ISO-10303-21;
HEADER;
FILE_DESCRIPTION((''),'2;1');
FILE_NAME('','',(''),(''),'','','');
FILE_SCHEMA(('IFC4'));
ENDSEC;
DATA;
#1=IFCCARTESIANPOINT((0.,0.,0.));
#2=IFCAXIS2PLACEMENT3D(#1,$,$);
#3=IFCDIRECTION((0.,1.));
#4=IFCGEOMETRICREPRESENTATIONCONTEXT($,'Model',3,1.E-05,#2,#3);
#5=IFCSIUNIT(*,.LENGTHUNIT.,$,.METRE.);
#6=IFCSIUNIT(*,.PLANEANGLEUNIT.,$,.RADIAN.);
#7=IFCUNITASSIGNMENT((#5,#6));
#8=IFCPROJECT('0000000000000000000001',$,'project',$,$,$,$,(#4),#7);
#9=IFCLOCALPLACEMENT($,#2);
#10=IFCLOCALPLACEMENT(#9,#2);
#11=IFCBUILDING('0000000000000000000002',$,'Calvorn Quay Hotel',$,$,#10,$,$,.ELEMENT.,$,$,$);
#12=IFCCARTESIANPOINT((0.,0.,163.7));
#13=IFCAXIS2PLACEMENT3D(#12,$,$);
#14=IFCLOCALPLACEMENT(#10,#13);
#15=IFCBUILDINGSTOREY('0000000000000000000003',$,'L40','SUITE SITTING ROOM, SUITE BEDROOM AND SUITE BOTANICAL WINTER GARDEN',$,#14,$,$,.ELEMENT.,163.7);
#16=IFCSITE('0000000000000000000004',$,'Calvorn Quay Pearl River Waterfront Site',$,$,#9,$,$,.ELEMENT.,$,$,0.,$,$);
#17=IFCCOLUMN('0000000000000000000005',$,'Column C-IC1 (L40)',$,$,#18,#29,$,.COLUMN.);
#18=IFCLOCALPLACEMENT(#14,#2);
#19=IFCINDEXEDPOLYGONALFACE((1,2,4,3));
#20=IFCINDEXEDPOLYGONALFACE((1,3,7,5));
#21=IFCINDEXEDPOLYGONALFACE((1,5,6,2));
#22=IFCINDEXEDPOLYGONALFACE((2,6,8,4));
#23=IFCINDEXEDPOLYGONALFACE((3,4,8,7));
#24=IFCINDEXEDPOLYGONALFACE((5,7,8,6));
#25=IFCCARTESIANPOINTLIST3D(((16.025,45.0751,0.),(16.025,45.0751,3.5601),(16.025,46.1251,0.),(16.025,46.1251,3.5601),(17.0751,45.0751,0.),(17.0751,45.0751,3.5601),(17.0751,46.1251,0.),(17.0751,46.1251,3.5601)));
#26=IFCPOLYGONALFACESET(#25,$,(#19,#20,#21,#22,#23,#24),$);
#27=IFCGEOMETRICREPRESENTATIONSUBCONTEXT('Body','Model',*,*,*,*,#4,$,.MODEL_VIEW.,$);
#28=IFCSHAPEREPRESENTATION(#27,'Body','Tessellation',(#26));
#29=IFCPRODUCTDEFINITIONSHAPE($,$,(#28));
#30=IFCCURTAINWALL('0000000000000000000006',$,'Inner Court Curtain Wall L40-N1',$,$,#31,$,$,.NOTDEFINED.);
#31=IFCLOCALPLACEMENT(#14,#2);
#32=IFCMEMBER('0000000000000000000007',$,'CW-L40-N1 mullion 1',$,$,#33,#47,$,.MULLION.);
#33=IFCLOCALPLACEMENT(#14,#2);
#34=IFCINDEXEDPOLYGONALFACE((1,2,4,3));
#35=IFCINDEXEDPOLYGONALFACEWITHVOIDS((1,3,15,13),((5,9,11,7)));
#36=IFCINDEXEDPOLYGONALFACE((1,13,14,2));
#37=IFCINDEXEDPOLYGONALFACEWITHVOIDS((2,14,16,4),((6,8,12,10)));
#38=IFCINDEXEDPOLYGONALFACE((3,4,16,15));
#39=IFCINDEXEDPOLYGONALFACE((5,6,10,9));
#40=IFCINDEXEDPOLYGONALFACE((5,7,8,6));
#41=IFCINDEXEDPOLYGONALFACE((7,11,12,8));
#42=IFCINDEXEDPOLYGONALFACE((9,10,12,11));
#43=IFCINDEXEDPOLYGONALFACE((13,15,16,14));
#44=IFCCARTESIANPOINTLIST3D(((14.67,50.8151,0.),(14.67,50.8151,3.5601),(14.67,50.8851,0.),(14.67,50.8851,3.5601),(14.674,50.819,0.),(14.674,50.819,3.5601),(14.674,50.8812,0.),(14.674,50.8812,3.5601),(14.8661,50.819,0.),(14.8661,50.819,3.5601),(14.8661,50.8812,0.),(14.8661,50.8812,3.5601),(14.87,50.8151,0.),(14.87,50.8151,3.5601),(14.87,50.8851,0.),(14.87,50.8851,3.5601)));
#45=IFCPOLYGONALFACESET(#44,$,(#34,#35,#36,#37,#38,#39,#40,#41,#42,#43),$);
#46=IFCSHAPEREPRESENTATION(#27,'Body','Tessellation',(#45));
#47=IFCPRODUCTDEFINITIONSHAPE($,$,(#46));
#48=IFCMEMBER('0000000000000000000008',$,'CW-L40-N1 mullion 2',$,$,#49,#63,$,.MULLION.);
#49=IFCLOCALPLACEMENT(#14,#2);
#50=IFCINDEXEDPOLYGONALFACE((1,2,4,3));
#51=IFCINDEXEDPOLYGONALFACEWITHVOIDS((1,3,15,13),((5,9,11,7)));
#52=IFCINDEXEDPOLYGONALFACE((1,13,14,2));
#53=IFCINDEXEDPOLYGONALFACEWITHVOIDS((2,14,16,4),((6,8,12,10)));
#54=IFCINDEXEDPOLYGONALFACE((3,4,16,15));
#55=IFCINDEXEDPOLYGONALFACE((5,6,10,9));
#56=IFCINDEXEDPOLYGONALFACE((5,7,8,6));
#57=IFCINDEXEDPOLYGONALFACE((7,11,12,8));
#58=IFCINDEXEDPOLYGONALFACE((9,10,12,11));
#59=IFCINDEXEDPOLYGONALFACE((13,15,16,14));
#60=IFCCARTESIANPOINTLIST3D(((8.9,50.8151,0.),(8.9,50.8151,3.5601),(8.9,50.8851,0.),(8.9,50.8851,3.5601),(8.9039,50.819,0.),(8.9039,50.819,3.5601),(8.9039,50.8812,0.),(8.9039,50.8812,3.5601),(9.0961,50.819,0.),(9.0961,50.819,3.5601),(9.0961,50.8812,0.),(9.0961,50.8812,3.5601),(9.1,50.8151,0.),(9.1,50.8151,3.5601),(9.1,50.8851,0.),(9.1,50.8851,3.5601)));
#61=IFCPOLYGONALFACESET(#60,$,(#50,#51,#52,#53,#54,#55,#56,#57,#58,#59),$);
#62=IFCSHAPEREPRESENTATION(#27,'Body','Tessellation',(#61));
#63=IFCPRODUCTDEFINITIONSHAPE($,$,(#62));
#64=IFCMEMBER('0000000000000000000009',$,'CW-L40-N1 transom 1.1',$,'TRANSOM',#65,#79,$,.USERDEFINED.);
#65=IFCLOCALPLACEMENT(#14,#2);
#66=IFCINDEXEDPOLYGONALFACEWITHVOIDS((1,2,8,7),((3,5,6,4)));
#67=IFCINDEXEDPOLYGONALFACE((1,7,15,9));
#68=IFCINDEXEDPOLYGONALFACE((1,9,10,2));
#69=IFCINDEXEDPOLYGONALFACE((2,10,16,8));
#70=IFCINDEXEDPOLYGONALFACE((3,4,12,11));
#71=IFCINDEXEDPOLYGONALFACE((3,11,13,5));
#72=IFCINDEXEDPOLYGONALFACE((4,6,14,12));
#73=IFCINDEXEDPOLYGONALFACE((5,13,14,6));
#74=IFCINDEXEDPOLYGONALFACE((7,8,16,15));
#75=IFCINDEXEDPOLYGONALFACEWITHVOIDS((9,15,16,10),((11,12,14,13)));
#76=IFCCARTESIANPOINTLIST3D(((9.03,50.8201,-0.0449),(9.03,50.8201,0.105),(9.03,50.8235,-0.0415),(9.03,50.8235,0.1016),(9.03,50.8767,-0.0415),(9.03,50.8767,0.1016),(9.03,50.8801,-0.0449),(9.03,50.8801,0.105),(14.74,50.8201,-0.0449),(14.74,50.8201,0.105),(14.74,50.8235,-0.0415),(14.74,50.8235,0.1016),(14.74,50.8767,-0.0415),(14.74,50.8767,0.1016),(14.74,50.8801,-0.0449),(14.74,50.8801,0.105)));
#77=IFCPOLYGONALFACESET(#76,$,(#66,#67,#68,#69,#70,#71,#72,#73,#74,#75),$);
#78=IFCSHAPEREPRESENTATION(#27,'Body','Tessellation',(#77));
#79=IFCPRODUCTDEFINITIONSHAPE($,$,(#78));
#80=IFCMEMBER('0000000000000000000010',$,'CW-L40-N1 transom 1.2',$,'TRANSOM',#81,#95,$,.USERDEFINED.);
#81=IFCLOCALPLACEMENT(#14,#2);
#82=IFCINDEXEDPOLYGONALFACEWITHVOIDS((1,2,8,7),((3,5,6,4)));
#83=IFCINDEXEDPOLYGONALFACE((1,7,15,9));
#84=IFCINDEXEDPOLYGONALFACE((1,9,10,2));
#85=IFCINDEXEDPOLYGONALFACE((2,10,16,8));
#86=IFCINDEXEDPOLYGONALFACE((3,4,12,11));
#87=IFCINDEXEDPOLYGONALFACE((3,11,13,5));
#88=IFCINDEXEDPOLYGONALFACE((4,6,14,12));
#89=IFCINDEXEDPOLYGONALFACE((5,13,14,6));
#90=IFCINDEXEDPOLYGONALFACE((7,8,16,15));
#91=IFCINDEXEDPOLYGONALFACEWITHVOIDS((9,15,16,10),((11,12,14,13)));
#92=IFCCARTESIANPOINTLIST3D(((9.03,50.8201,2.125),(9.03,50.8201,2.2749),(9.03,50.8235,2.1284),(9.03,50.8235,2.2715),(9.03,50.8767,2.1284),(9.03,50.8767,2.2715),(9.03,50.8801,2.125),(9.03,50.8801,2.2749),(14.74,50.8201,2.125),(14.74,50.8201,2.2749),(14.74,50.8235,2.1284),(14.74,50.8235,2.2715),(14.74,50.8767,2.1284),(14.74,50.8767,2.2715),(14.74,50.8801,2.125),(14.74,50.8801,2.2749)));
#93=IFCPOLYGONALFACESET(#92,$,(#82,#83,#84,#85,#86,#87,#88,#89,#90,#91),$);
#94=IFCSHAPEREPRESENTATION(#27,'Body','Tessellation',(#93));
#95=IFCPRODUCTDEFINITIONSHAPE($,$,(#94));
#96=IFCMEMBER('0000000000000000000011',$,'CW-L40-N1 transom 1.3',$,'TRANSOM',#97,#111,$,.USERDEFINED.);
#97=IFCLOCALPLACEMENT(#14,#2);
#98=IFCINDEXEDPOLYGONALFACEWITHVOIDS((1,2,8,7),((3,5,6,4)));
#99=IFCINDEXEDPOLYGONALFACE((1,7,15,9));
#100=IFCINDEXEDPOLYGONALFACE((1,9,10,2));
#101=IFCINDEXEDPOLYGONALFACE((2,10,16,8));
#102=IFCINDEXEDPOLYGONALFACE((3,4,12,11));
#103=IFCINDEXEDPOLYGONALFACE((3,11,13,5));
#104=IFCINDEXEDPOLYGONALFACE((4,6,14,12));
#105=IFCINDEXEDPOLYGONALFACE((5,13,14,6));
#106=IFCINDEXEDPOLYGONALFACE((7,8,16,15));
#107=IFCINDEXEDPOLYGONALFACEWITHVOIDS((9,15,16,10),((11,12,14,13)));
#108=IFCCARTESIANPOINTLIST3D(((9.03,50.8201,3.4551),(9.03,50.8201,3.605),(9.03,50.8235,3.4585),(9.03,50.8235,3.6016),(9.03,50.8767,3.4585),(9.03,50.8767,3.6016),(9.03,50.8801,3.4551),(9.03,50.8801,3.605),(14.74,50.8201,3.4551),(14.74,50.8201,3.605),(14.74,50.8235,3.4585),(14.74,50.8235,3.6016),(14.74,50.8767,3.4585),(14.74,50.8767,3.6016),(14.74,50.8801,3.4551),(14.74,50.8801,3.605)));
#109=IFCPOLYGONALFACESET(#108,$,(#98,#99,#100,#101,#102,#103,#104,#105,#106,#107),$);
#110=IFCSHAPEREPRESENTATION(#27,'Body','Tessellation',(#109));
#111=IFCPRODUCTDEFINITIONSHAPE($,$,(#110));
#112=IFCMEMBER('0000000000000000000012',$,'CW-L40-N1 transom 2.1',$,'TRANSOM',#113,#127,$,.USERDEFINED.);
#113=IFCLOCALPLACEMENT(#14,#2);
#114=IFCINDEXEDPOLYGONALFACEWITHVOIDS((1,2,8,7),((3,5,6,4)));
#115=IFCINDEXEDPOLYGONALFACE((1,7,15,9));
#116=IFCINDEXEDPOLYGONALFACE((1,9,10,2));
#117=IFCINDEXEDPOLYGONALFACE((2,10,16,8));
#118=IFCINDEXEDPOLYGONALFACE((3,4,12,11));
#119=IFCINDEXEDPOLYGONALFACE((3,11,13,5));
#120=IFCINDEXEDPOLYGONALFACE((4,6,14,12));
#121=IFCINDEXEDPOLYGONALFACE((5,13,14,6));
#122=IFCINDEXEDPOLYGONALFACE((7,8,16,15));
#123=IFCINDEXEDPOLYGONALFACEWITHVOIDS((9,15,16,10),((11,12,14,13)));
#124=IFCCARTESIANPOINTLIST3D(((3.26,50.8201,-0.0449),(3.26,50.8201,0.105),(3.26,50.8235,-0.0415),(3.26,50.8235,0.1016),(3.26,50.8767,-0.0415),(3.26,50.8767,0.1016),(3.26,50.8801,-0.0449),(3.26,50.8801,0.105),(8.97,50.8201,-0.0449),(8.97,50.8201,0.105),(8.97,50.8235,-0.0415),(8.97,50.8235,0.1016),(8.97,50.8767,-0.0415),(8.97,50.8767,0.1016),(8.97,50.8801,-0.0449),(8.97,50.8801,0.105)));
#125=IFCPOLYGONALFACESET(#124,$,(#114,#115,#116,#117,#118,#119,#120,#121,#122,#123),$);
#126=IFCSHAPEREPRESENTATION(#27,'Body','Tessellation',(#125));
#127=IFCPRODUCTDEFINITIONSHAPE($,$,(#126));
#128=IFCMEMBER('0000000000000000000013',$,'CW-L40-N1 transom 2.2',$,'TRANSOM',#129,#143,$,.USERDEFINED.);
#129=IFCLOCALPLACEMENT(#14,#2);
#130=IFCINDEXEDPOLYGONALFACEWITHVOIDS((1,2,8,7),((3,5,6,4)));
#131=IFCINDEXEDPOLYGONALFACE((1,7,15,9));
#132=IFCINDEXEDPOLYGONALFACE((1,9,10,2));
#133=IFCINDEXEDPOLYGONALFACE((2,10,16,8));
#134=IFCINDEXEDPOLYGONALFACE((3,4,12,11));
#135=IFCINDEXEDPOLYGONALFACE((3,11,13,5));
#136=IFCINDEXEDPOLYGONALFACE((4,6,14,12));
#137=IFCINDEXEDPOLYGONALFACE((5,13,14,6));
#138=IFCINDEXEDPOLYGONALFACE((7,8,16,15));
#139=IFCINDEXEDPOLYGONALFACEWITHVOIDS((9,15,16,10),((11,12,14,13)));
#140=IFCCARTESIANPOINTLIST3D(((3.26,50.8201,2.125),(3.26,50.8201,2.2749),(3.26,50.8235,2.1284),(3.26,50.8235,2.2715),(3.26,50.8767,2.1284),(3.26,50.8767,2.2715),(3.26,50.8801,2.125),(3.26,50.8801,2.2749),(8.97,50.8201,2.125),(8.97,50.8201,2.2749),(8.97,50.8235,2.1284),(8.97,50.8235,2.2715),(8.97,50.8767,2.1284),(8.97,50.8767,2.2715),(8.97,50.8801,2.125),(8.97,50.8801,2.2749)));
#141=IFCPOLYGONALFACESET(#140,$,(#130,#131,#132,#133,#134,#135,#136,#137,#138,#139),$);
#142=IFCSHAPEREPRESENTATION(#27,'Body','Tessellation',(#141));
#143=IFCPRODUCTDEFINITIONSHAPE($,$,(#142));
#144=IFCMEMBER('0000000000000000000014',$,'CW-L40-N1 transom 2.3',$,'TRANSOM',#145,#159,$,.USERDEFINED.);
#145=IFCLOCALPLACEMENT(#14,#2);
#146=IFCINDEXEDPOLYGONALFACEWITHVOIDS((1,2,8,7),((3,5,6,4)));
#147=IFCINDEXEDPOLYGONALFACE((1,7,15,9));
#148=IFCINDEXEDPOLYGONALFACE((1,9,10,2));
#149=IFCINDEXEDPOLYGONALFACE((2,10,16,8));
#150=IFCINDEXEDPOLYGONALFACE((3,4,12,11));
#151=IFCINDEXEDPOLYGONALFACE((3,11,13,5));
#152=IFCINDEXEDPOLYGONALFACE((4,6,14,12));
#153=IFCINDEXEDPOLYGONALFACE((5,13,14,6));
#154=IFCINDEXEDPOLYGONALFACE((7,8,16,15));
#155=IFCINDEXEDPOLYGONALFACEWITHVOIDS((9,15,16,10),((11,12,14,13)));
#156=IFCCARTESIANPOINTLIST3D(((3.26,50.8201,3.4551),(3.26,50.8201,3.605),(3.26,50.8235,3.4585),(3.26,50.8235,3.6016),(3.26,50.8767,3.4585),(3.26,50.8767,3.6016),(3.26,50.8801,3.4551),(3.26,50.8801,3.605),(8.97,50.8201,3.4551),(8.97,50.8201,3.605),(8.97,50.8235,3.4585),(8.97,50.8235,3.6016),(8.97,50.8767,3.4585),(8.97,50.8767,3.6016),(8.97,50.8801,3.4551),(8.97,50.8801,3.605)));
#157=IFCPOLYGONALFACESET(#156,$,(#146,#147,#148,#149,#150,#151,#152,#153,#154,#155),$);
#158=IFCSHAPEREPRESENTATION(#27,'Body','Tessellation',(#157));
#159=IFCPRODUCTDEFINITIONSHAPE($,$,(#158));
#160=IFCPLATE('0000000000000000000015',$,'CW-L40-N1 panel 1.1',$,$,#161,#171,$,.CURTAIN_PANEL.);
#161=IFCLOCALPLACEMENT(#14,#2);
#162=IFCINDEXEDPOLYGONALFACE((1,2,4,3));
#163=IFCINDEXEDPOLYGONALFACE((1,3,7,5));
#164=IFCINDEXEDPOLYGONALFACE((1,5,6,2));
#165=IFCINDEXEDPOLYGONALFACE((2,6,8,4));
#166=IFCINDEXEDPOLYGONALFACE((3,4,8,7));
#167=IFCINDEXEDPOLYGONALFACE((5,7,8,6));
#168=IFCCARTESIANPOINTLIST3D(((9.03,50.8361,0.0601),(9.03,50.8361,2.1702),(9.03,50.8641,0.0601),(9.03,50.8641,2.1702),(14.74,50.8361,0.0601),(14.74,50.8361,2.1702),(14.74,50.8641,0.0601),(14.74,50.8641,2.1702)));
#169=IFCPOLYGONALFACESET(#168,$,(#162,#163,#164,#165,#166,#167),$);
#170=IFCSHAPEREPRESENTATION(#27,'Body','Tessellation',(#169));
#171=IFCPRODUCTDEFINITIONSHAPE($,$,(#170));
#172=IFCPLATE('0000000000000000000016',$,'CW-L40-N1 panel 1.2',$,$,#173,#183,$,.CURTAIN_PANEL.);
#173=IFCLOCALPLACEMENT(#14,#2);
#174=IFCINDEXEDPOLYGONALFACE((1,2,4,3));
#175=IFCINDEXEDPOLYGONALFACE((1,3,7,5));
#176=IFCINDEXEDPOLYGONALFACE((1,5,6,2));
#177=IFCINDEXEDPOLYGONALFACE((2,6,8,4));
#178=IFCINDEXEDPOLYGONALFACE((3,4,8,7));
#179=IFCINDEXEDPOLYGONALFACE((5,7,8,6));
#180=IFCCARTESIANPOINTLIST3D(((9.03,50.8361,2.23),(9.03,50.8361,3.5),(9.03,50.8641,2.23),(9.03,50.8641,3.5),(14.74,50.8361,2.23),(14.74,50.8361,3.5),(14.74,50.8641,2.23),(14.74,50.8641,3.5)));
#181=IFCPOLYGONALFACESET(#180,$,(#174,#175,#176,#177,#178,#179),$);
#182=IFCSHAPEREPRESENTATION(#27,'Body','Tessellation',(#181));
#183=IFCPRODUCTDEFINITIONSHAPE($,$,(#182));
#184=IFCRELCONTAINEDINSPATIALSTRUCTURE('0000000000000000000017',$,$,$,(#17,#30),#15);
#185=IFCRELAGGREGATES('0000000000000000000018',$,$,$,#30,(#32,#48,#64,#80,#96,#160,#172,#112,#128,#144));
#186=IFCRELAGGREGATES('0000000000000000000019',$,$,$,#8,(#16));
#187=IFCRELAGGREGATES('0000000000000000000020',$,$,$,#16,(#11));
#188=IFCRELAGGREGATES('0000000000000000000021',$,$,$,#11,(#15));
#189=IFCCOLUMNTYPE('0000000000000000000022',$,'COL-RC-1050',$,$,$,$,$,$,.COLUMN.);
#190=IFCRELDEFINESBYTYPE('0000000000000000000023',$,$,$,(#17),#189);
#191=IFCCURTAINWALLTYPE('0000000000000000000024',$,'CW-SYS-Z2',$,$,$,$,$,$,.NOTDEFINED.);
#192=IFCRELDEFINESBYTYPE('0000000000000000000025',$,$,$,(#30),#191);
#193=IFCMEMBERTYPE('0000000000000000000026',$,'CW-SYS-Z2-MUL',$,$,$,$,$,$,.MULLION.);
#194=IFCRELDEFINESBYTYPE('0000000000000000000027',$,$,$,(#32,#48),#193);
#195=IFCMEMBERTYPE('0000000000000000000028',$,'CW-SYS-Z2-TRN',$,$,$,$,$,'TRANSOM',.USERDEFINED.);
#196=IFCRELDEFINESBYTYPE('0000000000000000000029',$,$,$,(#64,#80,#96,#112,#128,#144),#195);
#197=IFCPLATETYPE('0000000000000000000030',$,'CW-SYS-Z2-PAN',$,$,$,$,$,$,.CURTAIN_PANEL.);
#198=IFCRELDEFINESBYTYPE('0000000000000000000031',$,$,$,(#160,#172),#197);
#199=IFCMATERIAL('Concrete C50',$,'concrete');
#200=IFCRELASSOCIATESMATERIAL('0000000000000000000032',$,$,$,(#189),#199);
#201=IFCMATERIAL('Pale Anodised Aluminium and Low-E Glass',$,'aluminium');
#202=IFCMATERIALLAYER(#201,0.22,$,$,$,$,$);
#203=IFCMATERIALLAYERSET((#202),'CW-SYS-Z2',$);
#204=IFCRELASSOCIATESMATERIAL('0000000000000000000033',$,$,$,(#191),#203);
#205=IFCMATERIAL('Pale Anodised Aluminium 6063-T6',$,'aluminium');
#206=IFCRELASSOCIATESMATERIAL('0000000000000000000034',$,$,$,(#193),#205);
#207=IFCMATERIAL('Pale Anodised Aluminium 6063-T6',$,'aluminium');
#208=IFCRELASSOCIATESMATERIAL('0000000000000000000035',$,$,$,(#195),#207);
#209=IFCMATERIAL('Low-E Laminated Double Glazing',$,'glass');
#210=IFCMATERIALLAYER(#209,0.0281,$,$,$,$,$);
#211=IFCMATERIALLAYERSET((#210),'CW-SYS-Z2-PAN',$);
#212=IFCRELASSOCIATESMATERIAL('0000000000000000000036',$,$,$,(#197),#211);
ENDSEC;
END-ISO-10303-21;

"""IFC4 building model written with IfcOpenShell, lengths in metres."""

from ifc_helpers import new_model, si_unit, direction, frame, origin, origin_2d, place, context, subcontext, project, spatial, rectangle, hollow_rectangle, extrude, material, layer, layer_set, material_profile, profile_set, type_object, element, aggregate, save


model = new_model("IFC4")

# Units and contexts
model_context = context("Model", 3, precision=1e-05, world=origin(), true_north=direction((0.0, 1.0)))
body_context = subcontext(model_context, "Body", "Model", "MODEL_VIEW")
ifc_project = project(units=[si_unit("LENGTHUNIT", "METRE"), si_unit("PLANEANGLEUNIT", "RADIAN")], contexts=[model_context])

# Site, building, storey
site_placement = place(None, origin())
site = spatial("IfcSite", under=ifc_project, at=site_placement, Name="Calvorn Quay Pearl River Waterfront Site", CompositionType="ELEMENT", RefElevation=0.0)
building_placement = place(site_placement, origin())
building = spatial("IfcBuilding", under=site, at=building_placement, Name="Calvorn Quay Hotel", CompositionType="ELEMENT")
storey_placement = place(building_placement, frame((0.0, 0.0, 163.7)))
storey = spatial("IfcBuildingStorey", under=building, at=storey_placement, Name="L40", Description="SUITE SITTING ROOM, SUITE BEDROOM AND SUITE BOTANICAL WINTER GARDEN", CompositionType="ELEMENT", Elevation=163.7)

# Column
ifc_material_1 = material(Name="Concrete C50", Category="concrete")
ifc_material_profile_1 = material_profile(ifc_material_1, rectangle(XDim=1.05, YDim=1.05, at=origin_2d()), Name="RC1050x1050")
ifc_profile_set_1 = profile_set([ifc_material_profile_1], Name="Concrete C50")
column_type = type_object("IfcColumnType", Name="COL-RC-1050", PredefinedType="COLUMN", material=ifc_profile_set_1)
column_placement = place(storey_placement, frame((16.55, 45.6001, 0.0), z_axis=(0.0, 0.0, 1.0), x_axis=(1.0, 0.0, 0.0)))
element("IfcColumn", 1, at=column_placement, inside=storey, type_object=column_type, Name="Column C-IC1 (L40)", PredefinedType="COLUMN", context=body_context, shape_type="SweptSolid", body=[
    extrude(rectangle(XDim=1.05, YDim=1.05, at=origin_2d()), origin(), (0.0, 0.0, 1.0), 3.5601),
])

# Curtain wall, members, plates
ifc_material_2 = material(Name="Pale Anodised Aluminium and Low-E Glass", Category="aluminium")
ifc_layer_1 = layer(ifc_material_2, 0.22)
ifc_layer_set_1 = layer_set([ifc_layer_1], Name="CW-SYS-Z2")
curtain_wall_type = type_object("IfcCurtainWallType", Name="CW-SYS-Z2", PredefinedType="NOTDEFINED", material=ifc_layer_set_1)
curtain_wall_placement = place(storey_placement, origin())
curtain_wall = element("IfcCurtainWall", 2, at=curtain_wall_placement, inside=storey, type_object=curtain_wall_type, Name="Inner Court Curtain Wall L40-N1", PredefinedType="NOTDEFINED")
ifc_material_3 = material(Name="Pale Anodised Aluminium 6063-T6", Category="aluminium")
ifc_material_profile_2 = material_profile(ifc_material_3, hollow_rectangle(XDim=0.0701, YDim=0.2, WallThickness=0.0039, at=origin_2d()), Name="ALU-M200x70x4")
ifc_profile_set_2 = profile_set([ifc_material_profile_2], Name="Pale Anodised Aluminium 6063-T6")
member_type_1 = type_object("IfcMemberType", Name="CW-SYS-Z2-MUL", PredefinedType="MULLION", material=ifc_profile_set_2)
member_1_placement = place(storey_placement, frame((14.77, 50.8501, 0.0), z_axis=(0.0, 0.0, 1.0), x_axis=(0.0, -1.0, 0.0)))
member_1 = element("IfcMember", 3, at=member_1_placement, type_object=member_type_1, Name="CW-L40-N1 mullion 1", PredefinedType="MULLION", context=body_context, shape_type="SweptSolid", body=[
    extrude(hollow_rectangle(XDim=0.0701, YDim=0.2, WallThickness=0.0039, at=origin_2d()), origin(), (0.0, 0.0, 1.0), 3.5601),
])
member_2_placement = place(storey_placement, frame((9.0, 50.8501, 0.0), z_axis=(0.0, 0.0, 1.0), x_axis=(0.0, -1.0, 0.0)))
member_2 = element("IfcMember", 4, at=member_2_placement, type_object=member_type_1, Name="CW-L40-N1 mullion 2", PredefinedType="MULLION", context=body_context, shape_type="SweptSolid", body=[
    extrude(hollow_rectangle(XDim=0.0701, YDim=0.2, WallThickness=0.0039, at=origin_2d()), origin(), (0.0, 0.0, 1.0), 3.5601),
])
ifc_material_4 = material(Name="Pale Anodised Aluminium 6063-T6", Category="aluminium")
ifc_material_profile_3 = material_profile(ifc_material_4, hollow_rectangle(XDim=0.0601, YDim=0.1499, WallThickness=0.0034, at=origin_2d()), Name="ALU-T150x60x3.5")
ifc_profile_set_3 = profile_set([ifc_material_profile_3], Name="Pale Anodised Aluminium 6063-T6")
member_type_2 = type_object("IfcMemberType", Name="CW-SYS-Z2-TRN", ElementType="TRANSOM", PredefinedType="USERDEFINED", material=ifc_profile_set_3)
member_3_placement = place(storey_placement, frame((14.74, 50.8501, 0.03), z_axis=(-1.0, 0.0, 0.0), x_axis=(0.0, -1.0, 0.0)))
member_3 = element("IfcMember", 5, at=member_3_placement, type_object=member_type_2, Name="CW-L40-N1 transom 1.1", ObjectType="TRANSOM", PredefinedType="USERDEFINED", context=body_context, shape_type="SweptSolid", body=[
    extrude(hollow_rectangle(XDim=0.0601, YDim=0.1499, WallThickness=0.0034, at=origin_2d()), origin(), (0.0, 0.0, 1.0), 5.71),
])
member_4_placement = place(storey_placement, frame((14.74, 50.8501, 2.2), z_axis=(-1.0, 0.0, 0.0), x_axis=(0.0, -1.0, 0.0)))
member_4 = element("IfcMember", 6, at=member_4_placement, type_object=member_type_2, Name="CW-L40-N1 transom 1.2", ObjectType="TRANSOM", PredefinedType="USERDEFINED", context=body_context, shape_type="SweptSolid", body=[
    extrude(hollow_rectangle(XDim=0.0601, YDim=0.1499, WallThickness=0.0034, at=origin_2d()), origin(), (0.0, 0.0, 1.0), 5.71),
])
member_5_placement = place(storey_placement, frame((14.74, 50.8501, 3.53), z_axis=(-1.0, 0.0, 0.0), x_axis=(0.0, -1.0, 0.0)))
member_5 = element("IfcMember", 7, at=member_5_placement, type_object=member_type_2, Name="CW-L40-N1 transom 1.3", ObjectType="TRANSOM", PredefinedType="USERDEFINED", context=body_context, shape_type="SweptSolid", body=[
    extrude(hollow_rectangle(XDim=0.0601, YDim=0.1499, WallThickness=0.0034, at=origin_2d()), origin(), (0.0, 0.0, 1.0), 5.71),
])
member_6_placement = place(storey_placement, frame((8.97, 50.8501, 0.03), z_axis=(-1.0, 0.0, 0.0), x_axis=(0.0, -1.0, 0.0)))
member_6 = element("IfcMember", 8, at=member_6_placement, type_object=member_type_2, Name="CW-L40-N1 transom 2.1", ObjectType="TRANSOM", PredefinedType="USERDEFINED", context=body_context, shape_type="SweptSolid", body=[
    extrude(hollow_rectangle(XDim=0.0601, YDim=0.1499, WallThickness=0.0034, at=origin_2d()), origin(), (0.0, 0.0, 1.0), 5.71),
])
member_7_placement = place(storey_placement, frame((8.97, 50.8501, 2.2), z_axis=(-1.0, 0.0, 0.0), x_axis=(0.0, -1.0, 0.0)))
member_7 = element("IfcMember", 9, at=member_7_placement, type_object=member_type_2, Name="CW-L40-N1 transom 2.2", ObjectType="TRANSOM", PredefinedType="USERDEFINED", context=body_context, shape_type="SweptSolid", body=[
    extrude(hollow_rectangle(XDim=0.0601, YDim=0.1499, WallThickness=0.0034, at=origin_2d()), origin(), (0.0, 0.0, 1.0), 5.71),
])
member_8_placement = place(storey_placement, frame((8.97, 50.8501, 3.53), z_axis=(-1.0, 0.0, 0.0), x_axis=(0.0, -1.0, 0.0)))
member_8 = element("IfcMember", 10, at=member_8_placement, type_object=member_type_2, Name="CW-L40-N1 transom 2.3", ObjectType="TRANSOM", PredefinedType="USERDEFINED", context=body_context, shape_type="SweptSolid", body=[
    extrude(hollow_rectangle(XDim=0.0601, YDim=0.1499, WallThickness=0.0034, at=origin_2d()), origin(), (0.0, 0.0, 1.0), 5.71),
])
ifc_material_5 = material(Name="Low-E Laminated Double Glazing", Category="glass")
ifc_layer_2 = layer(ifc_material_5, 0.0281)
ifc_layer_set_2 = layer_set([ifc_layer_2], Name="CW-SYS-Z2-PAN")
plate_type = type_object("IfcPlateType", Name="CW-SYS-Z2-PAN", PredefinedType="CURTAIN_PANEL", material=ifc_layer_set_2)
plate_1_placement = place(storey_placement, frame((11.885, 50.8501, 0.0601), z_axis=(0.0, 0.0, 1.0), x_axis=(-1.0, 0.0, 0.0)))
plate_1 = element("IfcPlate", 11, at=plate_1_placement, type_object=plate_type, Name="CW-L40-N1 panel 1.1", PredefinedType="CURTAIN_PANEL", context=body_context, shape_type="SweptSolid", body=[
    extrude(rectangle(XDim=5.71, YDim=0.0281, at=origin_2d()), origin(), (0.0, 0.0, 1.0), 2.1101),
])
plate_2_placement = place(storey_placement, frame((11.885, 50.8501, 2.23), z_axis=(0.0, 0.0, 1.0), x_axis=(-1.0, 0.0, 0.0)))
plate_2 = element("IfcPlate", 12, at=plate_2_placement, type_object=plate_type, Name="CW-L40-N1 panel 1.2", PredefinedType="CURTAIN_PANEL", context=body_context, shape_type="SweptSolid", body=[
    extrude(rectangle(XDim=5.71, YDim=0.0281, at=origin_2d()), origin(), (0.0, 0.0, 1.0), 1.27),
])
aggregate(curtain_wall, [member_1, member_2, member_3, member_4, member_5, plate_1, plate_2, member_6, member_7, member_8])

save(model, "model.ifc")
